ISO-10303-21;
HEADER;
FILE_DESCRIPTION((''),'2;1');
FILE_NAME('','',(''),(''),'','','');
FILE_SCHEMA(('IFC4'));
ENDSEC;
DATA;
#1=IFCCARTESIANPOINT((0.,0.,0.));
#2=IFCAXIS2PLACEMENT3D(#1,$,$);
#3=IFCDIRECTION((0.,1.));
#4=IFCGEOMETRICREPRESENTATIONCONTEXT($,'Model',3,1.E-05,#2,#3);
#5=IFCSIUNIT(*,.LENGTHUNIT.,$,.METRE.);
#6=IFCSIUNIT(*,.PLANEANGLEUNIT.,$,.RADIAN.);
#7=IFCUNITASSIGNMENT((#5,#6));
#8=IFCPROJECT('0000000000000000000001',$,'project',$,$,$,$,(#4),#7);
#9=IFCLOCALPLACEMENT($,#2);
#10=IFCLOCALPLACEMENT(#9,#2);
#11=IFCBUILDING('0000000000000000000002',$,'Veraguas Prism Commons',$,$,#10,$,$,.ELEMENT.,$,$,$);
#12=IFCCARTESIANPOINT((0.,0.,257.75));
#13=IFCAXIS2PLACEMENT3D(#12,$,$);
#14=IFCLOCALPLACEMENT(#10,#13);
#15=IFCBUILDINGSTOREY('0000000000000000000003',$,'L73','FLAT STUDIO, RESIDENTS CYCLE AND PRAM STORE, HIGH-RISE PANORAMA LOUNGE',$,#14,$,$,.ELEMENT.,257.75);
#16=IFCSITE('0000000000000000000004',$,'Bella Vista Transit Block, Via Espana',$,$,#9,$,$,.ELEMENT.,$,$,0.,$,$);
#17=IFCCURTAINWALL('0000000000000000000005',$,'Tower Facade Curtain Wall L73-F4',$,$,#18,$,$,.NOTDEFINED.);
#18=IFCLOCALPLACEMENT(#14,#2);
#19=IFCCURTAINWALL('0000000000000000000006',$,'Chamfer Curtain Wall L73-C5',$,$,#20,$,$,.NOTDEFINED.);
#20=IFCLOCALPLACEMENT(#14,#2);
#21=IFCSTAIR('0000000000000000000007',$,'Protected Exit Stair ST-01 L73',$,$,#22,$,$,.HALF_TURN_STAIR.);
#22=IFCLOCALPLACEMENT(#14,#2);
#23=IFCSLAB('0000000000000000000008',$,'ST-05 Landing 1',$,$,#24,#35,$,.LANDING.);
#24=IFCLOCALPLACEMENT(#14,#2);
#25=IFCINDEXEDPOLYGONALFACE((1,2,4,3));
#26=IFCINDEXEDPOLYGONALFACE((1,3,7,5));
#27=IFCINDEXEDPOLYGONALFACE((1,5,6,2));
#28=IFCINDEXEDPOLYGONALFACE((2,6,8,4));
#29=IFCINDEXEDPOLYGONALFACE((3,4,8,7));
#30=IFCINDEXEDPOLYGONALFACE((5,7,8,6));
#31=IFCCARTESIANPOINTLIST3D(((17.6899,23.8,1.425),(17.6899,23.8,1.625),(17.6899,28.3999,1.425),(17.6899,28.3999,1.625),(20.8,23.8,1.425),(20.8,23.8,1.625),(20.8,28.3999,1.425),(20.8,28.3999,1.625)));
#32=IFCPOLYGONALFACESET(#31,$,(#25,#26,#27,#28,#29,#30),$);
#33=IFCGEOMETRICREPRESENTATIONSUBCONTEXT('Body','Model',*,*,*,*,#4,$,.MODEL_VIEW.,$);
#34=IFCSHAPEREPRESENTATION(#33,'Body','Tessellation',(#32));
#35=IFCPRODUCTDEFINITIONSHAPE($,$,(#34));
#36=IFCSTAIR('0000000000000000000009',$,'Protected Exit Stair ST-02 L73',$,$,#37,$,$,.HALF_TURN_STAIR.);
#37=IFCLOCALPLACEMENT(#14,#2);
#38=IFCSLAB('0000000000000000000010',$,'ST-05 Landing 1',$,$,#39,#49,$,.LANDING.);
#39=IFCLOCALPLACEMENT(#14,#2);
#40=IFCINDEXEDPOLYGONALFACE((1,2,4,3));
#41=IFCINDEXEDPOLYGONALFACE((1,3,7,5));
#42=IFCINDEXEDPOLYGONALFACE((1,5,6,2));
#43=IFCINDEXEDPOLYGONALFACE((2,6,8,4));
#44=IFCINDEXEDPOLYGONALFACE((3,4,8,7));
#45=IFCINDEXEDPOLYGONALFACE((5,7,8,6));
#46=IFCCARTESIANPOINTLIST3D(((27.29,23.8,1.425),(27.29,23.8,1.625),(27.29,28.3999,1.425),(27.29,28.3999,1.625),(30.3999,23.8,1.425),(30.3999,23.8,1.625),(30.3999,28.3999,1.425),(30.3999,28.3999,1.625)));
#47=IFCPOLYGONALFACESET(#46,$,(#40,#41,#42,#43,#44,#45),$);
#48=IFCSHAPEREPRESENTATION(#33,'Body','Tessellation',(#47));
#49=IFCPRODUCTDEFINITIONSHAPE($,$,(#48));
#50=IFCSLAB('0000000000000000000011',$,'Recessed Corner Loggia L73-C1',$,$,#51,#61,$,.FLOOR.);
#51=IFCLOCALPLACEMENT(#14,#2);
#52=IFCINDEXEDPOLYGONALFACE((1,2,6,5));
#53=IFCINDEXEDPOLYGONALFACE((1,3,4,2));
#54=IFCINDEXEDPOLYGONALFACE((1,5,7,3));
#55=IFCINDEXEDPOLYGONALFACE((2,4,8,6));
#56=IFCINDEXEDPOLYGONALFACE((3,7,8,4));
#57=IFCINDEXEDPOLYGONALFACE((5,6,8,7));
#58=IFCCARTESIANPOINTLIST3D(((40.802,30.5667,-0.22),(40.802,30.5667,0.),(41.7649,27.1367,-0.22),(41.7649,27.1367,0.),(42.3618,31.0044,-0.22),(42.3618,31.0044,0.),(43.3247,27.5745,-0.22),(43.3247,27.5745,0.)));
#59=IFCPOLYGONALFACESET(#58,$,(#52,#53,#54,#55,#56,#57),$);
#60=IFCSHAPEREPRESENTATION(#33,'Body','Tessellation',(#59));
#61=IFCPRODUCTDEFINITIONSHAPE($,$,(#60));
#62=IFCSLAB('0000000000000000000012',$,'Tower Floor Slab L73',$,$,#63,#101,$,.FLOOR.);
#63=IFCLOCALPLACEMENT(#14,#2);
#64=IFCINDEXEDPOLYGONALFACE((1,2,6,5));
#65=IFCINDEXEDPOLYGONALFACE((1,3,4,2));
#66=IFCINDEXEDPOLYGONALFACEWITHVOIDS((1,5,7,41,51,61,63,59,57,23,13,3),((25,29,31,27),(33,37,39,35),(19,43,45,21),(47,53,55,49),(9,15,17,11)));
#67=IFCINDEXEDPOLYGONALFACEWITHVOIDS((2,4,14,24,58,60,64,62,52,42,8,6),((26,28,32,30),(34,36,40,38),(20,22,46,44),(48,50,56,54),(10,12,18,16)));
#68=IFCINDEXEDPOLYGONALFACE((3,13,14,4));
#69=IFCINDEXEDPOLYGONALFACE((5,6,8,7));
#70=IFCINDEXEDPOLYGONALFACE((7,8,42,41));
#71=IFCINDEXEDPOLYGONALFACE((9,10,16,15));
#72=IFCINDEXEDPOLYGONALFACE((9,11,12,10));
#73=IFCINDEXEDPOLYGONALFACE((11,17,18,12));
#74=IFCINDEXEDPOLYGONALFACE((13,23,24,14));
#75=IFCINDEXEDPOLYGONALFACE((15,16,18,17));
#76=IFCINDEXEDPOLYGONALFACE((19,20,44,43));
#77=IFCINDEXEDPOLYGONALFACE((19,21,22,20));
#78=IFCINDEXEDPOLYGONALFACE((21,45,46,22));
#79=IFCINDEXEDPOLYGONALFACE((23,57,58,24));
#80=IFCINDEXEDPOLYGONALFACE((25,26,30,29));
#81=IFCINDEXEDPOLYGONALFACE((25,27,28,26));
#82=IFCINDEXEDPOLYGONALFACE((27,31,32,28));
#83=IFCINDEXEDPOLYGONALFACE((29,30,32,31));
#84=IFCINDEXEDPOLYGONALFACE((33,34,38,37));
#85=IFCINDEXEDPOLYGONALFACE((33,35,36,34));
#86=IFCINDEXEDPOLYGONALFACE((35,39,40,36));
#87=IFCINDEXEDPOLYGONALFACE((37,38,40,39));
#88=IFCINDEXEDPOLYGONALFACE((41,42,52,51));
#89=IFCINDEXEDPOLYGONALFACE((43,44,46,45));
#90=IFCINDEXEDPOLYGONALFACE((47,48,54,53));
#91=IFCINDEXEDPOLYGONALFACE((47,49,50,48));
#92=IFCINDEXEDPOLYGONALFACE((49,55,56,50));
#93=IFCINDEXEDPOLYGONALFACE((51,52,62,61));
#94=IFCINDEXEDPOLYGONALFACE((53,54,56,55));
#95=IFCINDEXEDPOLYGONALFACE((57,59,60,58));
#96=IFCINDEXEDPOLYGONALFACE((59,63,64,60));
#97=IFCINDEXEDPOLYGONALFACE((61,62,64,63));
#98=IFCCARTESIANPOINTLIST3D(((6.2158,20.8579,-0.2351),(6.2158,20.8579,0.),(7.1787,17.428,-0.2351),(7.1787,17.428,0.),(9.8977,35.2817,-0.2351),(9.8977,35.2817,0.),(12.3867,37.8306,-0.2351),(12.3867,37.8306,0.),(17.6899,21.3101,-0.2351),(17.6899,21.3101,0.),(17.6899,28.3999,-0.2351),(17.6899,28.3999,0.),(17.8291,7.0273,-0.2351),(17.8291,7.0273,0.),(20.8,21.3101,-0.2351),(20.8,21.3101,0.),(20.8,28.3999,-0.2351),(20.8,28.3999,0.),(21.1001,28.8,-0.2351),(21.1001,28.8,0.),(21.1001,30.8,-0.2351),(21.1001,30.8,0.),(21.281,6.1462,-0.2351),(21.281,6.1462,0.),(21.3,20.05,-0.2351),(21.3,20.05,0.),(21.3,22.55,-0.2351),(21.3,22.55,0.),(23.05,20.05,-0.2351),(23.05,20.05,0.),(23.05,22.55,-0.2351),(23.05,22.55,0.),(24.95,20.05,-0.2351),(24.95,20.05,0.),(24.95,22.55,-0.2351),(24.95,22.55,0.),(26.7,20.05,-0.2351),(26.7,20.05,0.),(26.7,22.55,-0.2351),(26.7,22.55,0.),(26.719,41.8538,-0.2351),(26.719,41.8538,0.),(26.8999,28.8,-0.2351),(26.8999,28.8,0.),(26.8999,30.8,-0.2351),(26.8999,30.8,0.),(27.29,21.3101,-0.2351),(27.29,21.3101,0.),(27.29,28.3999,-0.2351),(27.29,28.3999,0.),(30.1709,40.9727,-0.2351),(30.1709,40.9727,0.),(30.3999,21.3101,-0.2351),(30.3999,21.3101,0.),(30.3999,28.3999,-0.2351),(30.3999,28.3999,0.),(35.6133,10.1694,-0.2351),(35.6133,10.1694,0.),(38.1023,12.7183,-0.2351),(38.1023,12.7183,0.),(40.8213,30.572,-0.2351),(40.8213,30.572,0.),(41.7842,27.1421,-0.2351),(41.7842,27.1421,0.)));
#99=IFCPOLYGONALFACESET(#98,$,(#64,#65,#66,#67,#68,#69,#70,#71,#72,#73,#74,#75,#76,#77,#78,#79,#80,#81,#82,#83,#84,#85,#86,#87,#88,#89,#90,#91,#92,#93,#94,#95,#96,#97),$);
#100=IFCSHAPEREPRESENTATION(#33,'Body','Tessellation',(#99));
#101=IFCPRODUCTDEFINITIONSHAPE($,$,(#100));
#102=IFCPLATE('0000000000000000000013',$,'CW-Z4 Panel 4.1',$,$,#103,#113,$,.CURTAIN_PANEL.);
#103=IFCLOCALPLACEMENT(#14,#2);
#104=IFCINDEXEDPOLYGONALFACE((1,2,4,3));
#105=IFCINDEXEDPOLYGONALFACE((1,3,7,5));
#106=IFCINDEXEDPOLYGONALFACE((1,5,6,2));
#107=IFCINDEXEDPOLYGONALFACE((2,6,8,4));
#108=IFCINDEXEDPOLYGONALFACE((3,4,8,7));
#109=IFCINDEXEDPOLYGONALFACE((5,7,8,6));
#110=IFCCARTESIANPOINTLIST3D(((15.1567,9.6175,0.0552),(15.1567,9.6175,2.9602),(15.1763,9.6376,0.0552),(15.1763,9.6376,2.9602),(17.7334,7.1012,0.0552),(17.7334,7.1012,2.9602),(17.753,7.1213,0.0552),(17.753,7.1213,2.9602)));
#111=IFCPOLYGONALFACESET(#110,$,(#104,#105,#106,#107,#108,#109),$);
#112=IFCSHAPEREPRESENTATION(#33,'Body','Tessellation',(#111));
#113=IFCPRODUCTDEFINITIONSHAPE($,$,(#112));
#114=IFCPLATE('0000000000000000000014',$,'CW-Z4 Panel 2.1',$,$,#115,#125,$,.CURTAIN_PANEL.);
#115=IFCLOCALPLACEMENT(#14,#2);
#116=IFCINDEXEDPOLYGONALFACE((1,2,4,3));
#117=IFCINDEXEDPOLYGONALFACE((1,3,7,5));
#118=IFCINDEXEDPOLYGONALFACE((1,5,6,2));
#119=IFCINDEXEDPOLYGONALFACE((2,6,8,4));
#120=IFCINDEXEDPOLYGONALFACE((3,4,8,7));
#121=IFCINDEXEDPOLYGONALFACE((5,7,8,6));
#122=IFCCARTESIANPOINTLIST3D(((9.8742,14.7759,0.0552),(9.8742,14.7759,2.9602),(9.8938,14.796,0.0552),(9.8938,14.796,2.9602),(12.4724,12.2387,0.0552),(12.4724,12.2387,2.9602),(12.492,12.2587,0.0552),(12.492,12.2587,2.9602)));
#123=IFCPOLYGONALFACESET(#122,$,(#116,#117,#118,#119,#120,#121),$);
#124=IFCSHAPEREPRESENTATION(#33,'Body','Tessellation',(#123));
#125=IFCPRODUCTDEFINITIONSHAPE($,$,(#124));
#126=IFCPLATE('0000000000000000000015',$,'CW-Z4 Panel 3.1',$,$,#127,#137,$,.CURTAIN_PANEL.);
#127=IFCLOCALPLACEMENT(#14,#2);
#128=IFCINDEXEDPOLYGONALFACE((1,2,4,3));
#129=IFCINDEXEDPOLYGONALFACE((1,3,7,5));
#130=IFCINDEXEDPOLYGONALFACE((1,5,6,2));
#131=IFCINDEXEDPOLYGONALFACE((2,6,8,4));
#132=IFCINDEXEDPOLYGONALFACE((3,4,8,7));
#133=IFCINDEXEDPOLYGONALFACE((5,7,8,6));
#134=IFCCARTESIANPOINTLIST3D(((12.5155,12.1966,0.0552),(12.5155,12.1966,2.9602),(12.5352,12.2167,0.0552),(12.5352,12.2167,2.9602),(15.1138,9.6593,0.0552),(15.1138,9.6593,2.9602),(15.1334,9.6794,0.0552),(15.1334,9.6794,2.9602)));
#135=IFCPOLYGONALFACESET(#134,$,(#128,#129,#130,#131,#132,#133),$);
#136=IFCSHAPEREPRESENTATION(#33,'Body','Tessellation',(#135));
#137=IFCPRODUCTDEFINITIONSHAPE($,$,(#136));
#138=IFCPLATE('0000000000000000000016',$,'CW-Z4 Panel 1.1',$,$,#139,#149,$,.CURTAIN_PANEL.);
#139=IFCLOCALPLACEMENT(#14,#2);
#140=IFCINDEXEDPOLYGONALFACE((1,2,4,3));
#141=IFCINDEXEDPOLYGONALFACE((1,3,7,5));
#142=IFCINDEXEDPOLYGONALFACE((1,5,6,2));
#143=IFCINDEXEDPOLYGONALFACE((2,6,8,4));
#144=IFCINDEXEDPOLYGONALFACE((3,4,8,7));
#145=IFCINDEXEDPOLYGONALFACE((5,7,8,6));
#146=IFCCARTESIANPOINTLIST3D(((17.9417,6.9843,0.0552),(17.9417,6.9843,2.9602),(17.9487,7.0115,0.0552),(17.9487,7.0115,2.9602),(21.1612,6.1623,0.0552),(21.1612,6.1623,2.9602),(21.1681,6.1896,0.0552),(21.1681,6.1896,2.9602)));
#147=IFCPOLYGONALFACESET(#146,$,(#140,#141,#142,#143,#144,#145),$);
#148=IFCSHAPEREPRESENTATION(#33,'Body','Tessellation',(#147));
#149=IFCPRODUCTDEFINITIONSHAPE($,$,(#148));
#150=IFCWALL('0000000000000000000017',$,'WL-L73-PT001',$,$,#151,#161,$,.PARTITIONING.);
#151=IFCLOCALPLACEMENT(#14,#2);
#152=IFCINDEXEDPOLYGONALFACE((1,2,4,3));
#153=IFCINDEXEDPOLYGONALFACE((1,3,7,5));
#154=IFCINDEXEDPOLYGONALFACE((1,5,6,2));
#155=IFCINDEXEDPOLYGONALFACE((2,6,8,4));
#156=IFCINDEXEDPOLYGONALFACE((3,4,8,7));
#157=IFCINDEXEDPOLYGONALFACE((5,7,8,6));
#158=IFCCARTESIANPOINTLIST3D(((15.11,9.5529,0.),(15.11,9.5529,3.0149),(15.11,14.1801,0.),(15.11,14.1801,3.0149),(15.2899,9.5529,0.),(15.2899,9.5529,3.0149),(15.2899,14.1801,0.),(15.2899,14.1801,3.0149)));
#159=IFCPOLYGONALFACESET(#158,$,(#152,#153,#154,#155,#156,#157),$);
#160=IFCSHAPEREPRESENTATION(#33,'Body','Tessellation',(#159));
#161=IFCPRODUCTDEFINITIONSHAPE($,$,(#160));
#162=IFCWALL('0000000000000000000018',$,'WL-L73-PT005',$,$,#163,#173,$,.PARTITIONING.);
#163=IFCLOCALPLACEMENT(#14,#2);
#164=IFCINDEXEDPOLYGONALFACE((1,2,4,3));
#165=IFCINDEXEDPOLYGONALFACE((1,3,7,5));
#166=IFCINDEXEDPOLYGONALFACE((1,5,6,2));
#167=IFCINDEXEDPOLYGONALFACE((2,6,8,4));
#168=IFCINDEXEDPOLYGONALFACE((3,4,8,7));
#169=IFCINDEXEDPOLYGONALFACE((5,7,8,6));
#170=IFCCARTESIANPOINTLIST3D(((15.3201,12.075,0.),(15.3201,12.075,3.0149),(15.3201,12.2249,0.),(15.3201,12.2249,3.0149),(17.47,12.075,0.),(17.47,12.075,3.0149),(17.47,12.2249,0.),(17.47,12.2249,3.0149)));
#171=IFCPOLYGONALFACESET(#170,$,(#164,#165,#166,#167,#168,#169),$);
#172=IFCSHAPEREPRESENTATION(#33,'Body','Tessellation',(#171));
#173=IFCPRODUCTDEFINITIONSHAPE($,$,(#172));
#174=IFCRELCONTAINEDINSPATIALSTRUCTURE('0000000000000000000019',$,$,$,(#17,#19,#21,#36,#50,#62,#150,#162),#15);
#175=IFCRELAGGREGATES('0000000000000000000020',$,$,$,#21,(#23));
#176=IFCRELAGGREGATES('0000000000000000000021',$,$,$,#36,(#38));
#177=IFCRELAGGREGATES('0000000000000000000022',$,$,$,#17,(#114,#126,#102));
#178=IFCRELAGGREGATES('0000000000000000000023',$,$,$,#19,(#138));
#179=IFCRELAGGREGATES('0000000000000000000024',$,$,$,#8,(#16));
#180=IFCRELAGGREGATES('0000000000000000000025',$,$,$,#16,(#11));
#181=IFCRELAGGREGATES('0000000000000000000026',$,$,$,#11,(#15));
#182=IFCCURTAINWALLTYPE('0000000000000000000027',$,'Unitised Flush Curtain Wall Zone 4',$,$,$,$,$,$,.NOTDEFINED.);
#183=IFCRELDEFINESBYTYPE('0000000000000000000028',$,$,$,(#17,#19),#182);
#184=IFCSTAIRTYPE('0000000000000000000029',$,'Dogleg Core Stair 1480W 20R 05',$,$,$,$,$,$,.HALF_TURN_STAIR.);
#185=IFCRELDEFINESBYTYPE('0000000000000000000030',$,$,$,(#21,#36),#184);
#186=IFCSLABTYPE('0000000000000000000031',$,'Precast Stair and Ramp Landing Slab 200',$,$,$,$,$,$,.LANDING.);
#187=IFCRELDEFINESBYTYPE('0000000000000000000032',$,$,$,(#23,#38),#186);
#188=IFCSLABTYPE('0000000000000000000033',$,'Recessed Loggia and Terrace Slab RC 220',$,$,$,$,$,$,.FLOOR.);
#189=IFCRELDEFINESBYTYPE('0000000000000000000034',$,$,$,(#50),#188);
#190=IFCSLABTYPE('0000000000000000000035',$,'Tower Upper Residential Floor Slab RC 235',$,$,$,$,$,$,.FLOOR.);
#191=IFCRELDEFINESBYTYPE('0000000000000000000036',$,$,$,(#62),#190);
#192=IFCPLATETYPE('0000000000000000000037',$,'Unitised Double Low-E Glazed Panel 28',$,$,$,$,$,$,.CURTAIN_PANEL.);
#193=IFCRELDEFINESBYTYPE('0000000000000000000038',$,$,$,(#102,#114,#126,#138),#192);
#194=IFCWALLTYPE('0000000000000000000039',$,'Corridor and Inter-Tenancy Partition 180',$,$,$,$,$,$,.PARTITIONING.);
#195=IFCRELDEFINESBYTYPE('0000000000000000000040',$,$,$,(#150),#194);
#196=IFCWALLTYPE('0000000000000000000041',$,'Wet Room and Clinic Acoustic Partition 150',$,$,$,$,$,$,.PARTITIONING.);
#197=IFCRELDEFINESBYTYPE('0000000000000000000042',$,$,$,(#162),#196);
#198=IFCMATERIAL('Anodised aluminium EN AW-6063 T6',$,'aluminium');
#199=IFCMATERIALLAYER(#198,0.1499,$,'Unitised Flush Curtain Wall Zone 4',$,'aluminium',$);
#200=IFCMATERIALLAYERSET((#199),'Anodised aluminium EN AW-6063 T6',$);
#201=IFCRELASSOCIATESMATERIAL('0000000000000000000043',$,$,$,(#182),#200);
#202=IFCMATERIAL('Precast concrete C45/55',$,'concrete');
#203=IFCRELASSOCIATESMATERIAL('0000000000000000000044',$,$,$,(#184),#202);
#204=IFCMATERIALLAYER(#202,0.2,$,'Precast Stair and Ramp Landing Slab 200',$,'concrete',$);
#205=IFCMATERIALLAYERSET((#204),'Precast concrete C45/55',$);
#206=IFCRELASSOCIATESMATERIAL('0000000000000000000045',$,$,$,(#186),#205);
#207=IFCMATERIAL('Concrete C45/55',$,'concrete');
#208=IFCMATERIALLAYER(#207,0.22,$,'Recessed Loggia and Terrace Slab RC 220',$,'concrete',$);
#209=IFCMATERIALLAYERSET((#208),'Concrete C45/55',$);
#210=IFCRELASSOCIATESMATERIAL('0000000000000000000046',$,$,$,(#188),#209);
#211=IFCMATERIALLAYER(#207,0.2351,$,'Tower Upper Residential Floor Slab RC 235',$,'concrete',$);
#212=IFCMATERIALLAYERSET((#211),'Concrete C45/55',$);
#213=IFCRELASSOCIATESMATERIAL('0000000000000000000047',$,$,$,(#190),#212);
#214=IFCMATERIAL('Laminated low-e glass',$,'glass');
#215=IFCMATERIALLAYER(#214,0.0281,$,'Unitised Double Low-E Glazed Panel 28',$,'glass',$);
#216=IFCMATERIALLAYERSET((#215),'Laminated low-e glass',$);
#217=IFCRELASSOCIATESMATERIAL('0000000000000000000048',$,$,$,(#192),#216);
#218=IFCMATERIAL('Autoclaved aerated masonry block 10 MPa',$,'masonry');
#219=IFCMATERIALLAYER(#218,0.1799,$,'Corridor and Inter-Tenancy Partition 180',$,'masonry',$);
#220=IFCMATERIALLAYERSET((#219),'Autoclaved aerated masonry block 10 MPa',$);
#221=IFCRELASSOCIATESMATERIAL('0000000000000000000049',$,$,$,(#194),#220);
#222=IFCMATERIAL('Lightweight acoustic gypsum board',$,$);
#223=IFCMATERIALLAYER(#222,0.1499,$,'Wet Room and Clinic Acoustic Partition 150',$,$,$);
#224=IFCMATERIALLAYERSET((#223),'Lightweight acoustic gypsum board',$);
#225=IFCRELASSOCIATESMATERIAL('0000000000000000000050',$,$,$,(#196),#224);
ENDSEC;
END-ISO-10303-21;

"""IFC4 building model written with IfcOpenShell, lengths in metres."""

from ifc_helpers import new_model, si_unit, direction, frame, frame_2d, origin, origin_2d, place, context, subcontext, project, spatial, polyline, rectangle, outline, extrude, source, transform, mapped, material, layer, layer_set, type_object, element, aggregate, save


model = new_model("IFC4")

# Units and contexts
model_context = context("Model", 3, precision=1e-05, world=origin(), true_north=direction((0.0, 1.0)))
body_context = subcontext(model_context, "Body", "Model", "MODEL_VIEW")
ifc_project = project(units=[si_unit("LENGTHUNIT", "METRE"), si_unit("PLANEANGLEUNIT", "RADIAN")], contexts=[model_context])

# Site, building, storey
site_placement = place(None, origin())
site = spatial("IfcSite", under=ifc_project, at=site_placement, Name="Bella Vista Transit Block, Via Espana", CompositionType="ELEMENT", RefElevation=0.0)
building_placement = place(site_placement, origin())
building = spatial("IfcBuilding", under=site, at=building_placement, Name="Veraguas Prism Commons", CompositionType="ELEMENT")
storey_placement = place(building_placement, frame((0.0, 0.0, 257.75)))
storey = spatial("IfcBuildingStorey", under=building, at=storey_placement, Name="L73", Description="FLAT STUDIO, RESIDENTS CYCLE AND PRAM STORE, HIGH-RISE PANORAMA LOUNGE", CompositionType="ELEMENT", Elevation=257.75)

# Curtain walls
ifc_material_1 = material(Name="Anodised aluminium EN AW-6063 T6", Category="aluminium")
ifc_layer_1 = layer(ifc_material_1, 0.1499, Name="Unitised Flush Curtain Wall Zone 4", Category="aluminium")
ifc_layer_set_1 = layer_set([ifc_layer_1], Name="Anodised aluminium EN AW-6063 T6")
curtain_wall_type = type_object("IfcCurtainWallType", Name="Unitised Flush Curtain Wall Zone 4", PredefinedType="NOTDEFINED", material=ifc_layer_set_1)
curtain_wall_1_placement = place(storey_placement, origin())
curtain_wall_1 = element("IfcCurtainWall", 1, at=curtain_wall_1_placement, inside=storey, type_object=curtain_wall_type, Name="Tower Facade Curtain Wall L73-F4", PredefinedType="NOTDEFINED")
curtain_wall_2_placement = place(storey_placement, origin())
curtain_wall_2 = element("IfcCurtainWall", 2, at=curtain_wall_2_placement, inside=storey, type_object=curtain_wall_type, Name="Chamfer Curtain Wall L73-C5", PredefinedType="NOTDEFINED")

# Stairs, slabs
ifc_material_2 = material(Name="Precast concrete C45/55", Category="concrete")
stair_type = type_object("IfcStairType", Name="Dogleg Core Stair 1480W 20R 05", PredefinedType="HALF_TURN_STAIR", material=ifc_material_2)
stair_1_placement = place(storey_placement, origin())
stair_1 = element("IfcStair", 3, at=stair_1_placement, inside=storey, type_object=stair_type, Name="Protected Exit Stair ST-01 L73", PredefinedType="HALF_TURN_STAIR")
ifc_layer_2 = layer(ifc_material_2, 0.2, Name="Precast Stair and Ramp Landing Slab 200", Category="concrete")
ifc_layer_set_2 = layer_set([ifc_layer_2], Name="Precast concrete C45/55")
slab_type_1 = type_object("IfcSlabType", Name="Precast Stair and Ramp Landing Slab 200", PredefinedType="LANDING", material=ifc_layer_set_2)
slab_1_placement = place(storey_placement, frame((0.0, 0.0, 1.425)))
slab_1 = element("IfcSlab", 4, at=slab_1_placement, type_object=slab_type_1, Name="ST-05 Landing 1", PredefinedType="LANDING", context=body_context, shape_type="SweptSolid", body=[
    extrude(outline(polyline([(20.8, 23.8), (20.8, 28.3999), (17.6899, 28.3999), (17.6899, 23.8), (20.8, 23.8)])), origin(), (0.0, 0.0, 1.0), 0.2),
])
aggregate(stair_1, [slab_1])
stair_2_placement = place(storey_placement, origin())
stair_2 = element("IfcStair", 5, at=stair_2_placement, inside=storey, type_object=stair_type, Name="Protected Exit Stair ST-02 L73", PredefinedType="HALF_TURN_STAIR")
slab_2_placement = place(storey_placement, frame((0.0, 0.0, 1.425)))
slab_2 = element("IfcSlab", 6, at=slab_2_placement, type_object=slab_type_1, Name="ST-05 Landing 1", PredefinedType="LANDING", context=body_context, shape_type="SweptSolid", body=[
    extrude(outline(polyline([(30.3999, 23.8), (30.3999, 28.3999), (27.29, 28.3999), (27.29, 23.8), (30.3999, 23.8)])), origin(), (0.0, 0.0, 1.0), 0.2),
])
aggregate(stair_2, [slab_2])

# Slabs
ifc_material_3 = material(Name="Concrete C45/55", Category="concrete")
ifc_layer_3 = layer(ifc_material_3, 0.22, Name="Recessed Loggia and Terrace Slab RC 220", Category="concrete")
ifc_layer_set_3 = layer_set([ifc_layer_3], Name="Concrete C45/55")
slab_type_2 = type_object("IfcSlabType", Name="Recessed Loggia and Terrace Slab RC 220", PredefinedType="FLOOR", material=ifc_layer_set_3)
slab_3_placement = place(storey_placement, frame((0.0, 0.0, -0.22)))
element("IfcSlab", 7, at=slab_3_placement, inside=storey, type_object=slab_type_2, Name="Recessed Corner Loggia L73-C1", PredefinedType="FLOOR", context=body_context, shape_type="SweptSolid", body=[
    extrude(outline(polyline([(41.7649, 27.1367), (43.3247, 27.5745), (42.3618, 31.0044), (40.802, 30.5667), (41.7649, 27.1367)])), origin(), (0.0, 0.0, 1.0), 0.22),
])
ifc_layer_4 = layer(ifc_material_3, 0.2351, Name="Tower Upper Residential Floor Slab RC 235", Category="concrete")
ifc_layer_set_4 = layer_set([ifc_layer_4], Name="Concrete C45/55")
slab_type_3 = type_object("IfcSlabType", Name="Tower Upper Residential Floor Slab RC 235", PredefinedType="FLOOR", material=ifc_layer_set_4)
slab_4_placement = place(storey_placement, frame((0.0, 0.0, -0.2351)))
element("IfcSlab", 8, at=slab_4_placement, inside=storey, type_object=slab_type_3, Name="Tower Floor Slab L73", PredefinedType="FLOOR", context=body_context, shape_type="SweptSolid", body=[
    extrude(outline(polyline([(41.7842, 27.1421), (40.8213, 30.572), (30.1709, 40.9727), (26.719, 41.8538), (12.3867, 37.8306), (9.8977, 35.2817), (6.2158, 20.8579), (7.1787, 17.428), (17.8291, 7.0273), (21.281, 6.1462), (35.6133, 10.1694), (38.1023, 12.7183), (41.7842, 27.1421)]), holes=[polyline([(20.8, 21.3101), (20.8, 28.3999), (17.6899, 28.3999), (17.6899, 21.3101), (20.8, 21.3101)]), polyline([(30.3999, 21.3101), (30.3999, 28.3999), (27.29, 28.3999), (27.29, 21.3101), (30.3999, 21.3101)]), polyline([(21.1001, 28.8), (26.8999, 28.8), (26.8999, 30.8), (21.1001, 30.8), (21.1001, 28.8)]), polyline([(21.3, 20.05), (23.05, 20.05), (23.05, 22.55), (21.3, 22.55), (21.3, 20.05)]), polyline([(24.95, 20.05), (26.7, 20.05), (26.7, 22.55), (24.95, 22.55), (24.95, 20.05)])]), origin(), (0.0, 0.0, 1.0), 0.2351),
])

# Plates
ifc_material_4 = material(Name="Laminated low-e glass", Category="glass")
ifc_layer_5 = layer(ifc_material_4, 0.0281, Name="Unitised Double Low-E Glazed Panel 28", Category="glass")
ifc_layer_set_5 = layer_set([ifc_layer_5], Name="Laminated low-e glass")
plate_type = type_object("IfcPlateType", Name="Unitised Double Low-E Glazed Panel 28", PredefinedType="CURTAIN_PANEL", material=ifc_layer_set_5)
shared_shape_1 = source(origin(), body_context, "Body", "SweptSolid", [
    extrude(rectangle(XDim=3.6016, YDim=0.0281, at=origin_2d()), origin(), (0.0, 0.0, 1.0), 2.905),
])
plate_1_placement = place(storey_placement, frame((16.4548, 8.3694, 0.0552), z_axis=(0.0, 0.0, 1.0), x_axis=(0.715448, -0.698666, 0.0)))
plate_1 = element("IfcPlate", 9, at=plate_1_placement, type_object=plate_type, Name="CW-Z4 Panel 4.1", PredefinedType="CURTAIN_PANEL", context=body_context, shape_type="MappedRepresentation", body=[
    mapped(shared_shape_1, transform((0.0, 0.0, 0.0), scale=1.0)),
])
shared_shape_2 = source(origin(), body_context, "Body", "SweptSolid", [
    extrude(rectangle(XDim=3.6316, YDim=0.0281, at=origin_2d()), origin(), (0.0, 0.0, 1.0), 2.905),
])
plate_2_placement = place(storey_placement, frame((11.1831, 13.5173, 0.0552), z_axis=(0.0, 0.0, 1.0), x_axis=(0.715448, -0.698666, 0.0)))
plate_2 = element("IfcPlate", 10, at=plate_2_placement, type_object=plate_type, Name="CW-Z4 Panel 2.1", PredefinedType="CURTAIN_PANEL", context=body_context, shape_type="MappedRepresentation", body=[
    mapped(shared_shape_2, transform((0.0, 0.0, 0.0), scale=1.0)),
])
plate_3_placement = place(storey_placement, frame((13.8245, 10.938, 0.0552), z_axis=(0.0, 0.0, 1.0), x_axis=(0.715448, -0.698666, 0.0)))
plate_3 = element("IfcPlate", 11, at=plate_3_placement, type_object=plate_type, Name="CW-Z4 Panel 3.1", PredefinedType="CURTAIN_PANEL", context=body_context, shape_type="MappedRepresentation", body=[
    mapped(shared_shape_2, transform((0.0, 0.0, 0.0), scale=1.0)),
])
aggregate(curtain_wall_1, [plate_2, plate_3, plate_1])
shared_shape_3 = source(origin(), body_context, "Body", "SweptSolid", [
    extrude(rectangle(XDim=3.3228, YDim=0.0281, at=origin_2d()), origin(), (0.0, 0.0, 1.0), 2.905),
])
plate_4_placement = place(storey_placement, frame((19.5549, 6.5869, 0.0552), z_axis=(0.0, 0.0, 1.0), x_axis=(0.968923, -0.247364, 0.0)))
plate_4 = element("IfcPlate", 12, at=plate_4_placement, type_object=plate_type, Name="CW-Z4 Panel 1.1", PredefinedType="CURTAIN_PANEL", context=body_context, shape_type="MappedRepresentation", body=[
    mapped(shared_shape_3, transform((0.0, 0.0, 0.0), scale=1.0)),
])
aggregate(curtain_wall_2, [plate_4])

# Walls
ifc_material_5 = material(Name="Autoclaved aerated masonry block 10 MPa", Category="masonry")
ifc_layer_6 = layer(ifc_material_5, 0.1799, Name="Corridor and Inter-Tenancy Partition 180", Category="masonry")
ifc_layer_set_6 = layer_set([ifc_layer_6], Name="Autoclaved aerated masonry block 10 MPa")
wall_type_1 = type_object("IfcWallType", Name="Corridor and Inter-Tenancy Partition 180", PredefinedType="PARTITIONING", material=ifc_layer_set_6)
wall_1_placement = place(storey_placement, frame((15.2, 14.1799, 0.0), z_axis=(0.0, 0.0, 1.0), x_axis=(0.0, -1.0, 0.0)))
element("IfcWall", 13, at=wall_1_placement, inside=storey, type_object=wall_type_1, Name="WL-L73-PT001", PredefinedType="PARTITIONING", context=body_context, shape_type="SweptSolid", body=[
    extrude(rectangle(XDim=4.6272, YDim=0.1799, at=frame_2d((2.3135, 0.0))), origin(), (0.0, 0.0, 1.0), 3.0149),
])
ifc_material_6 = material(Name="Lightweight acoustic gypsum board")
ifc_layer_7 = layer(ifc_material_6, 0.1499, Name="Wet Room and Clinic Acoustic Partition 150")
ifc_layer_set_7 = layer_set([ifc_layer_7], Name="Lightweight acoustic gypsum board")
wall_type_2 = type_object("IfcWallType", Name="Wet Room and Clinic Acoustic Partition 150", PredefinedType="PARTITIONING", material=ifc_layer_set_7)
wall_2_placement = place(storey_placement, frame((15.3201, 12.1499, 0.0), z_axis=(0.0, 0.0, 1.0), x_axis=(1.0, 0.0, 0.0)))
element("IfcWall", 14, at=wall_2_placement, inside=storey, type_object=wall_type_2, Name="WL-L73-PT005", PredefinedType="PARTITIONING", context=body_context, shape_type="SweptSolid", body=[
    extrude(rectangle(XDim=2.1499, YDim=0.1499, at=frame_2d((1.075, 0.0))), origin(), (0.0, 0.0, 1.0), 3.0149),
])

save(model, "model.ifc")
